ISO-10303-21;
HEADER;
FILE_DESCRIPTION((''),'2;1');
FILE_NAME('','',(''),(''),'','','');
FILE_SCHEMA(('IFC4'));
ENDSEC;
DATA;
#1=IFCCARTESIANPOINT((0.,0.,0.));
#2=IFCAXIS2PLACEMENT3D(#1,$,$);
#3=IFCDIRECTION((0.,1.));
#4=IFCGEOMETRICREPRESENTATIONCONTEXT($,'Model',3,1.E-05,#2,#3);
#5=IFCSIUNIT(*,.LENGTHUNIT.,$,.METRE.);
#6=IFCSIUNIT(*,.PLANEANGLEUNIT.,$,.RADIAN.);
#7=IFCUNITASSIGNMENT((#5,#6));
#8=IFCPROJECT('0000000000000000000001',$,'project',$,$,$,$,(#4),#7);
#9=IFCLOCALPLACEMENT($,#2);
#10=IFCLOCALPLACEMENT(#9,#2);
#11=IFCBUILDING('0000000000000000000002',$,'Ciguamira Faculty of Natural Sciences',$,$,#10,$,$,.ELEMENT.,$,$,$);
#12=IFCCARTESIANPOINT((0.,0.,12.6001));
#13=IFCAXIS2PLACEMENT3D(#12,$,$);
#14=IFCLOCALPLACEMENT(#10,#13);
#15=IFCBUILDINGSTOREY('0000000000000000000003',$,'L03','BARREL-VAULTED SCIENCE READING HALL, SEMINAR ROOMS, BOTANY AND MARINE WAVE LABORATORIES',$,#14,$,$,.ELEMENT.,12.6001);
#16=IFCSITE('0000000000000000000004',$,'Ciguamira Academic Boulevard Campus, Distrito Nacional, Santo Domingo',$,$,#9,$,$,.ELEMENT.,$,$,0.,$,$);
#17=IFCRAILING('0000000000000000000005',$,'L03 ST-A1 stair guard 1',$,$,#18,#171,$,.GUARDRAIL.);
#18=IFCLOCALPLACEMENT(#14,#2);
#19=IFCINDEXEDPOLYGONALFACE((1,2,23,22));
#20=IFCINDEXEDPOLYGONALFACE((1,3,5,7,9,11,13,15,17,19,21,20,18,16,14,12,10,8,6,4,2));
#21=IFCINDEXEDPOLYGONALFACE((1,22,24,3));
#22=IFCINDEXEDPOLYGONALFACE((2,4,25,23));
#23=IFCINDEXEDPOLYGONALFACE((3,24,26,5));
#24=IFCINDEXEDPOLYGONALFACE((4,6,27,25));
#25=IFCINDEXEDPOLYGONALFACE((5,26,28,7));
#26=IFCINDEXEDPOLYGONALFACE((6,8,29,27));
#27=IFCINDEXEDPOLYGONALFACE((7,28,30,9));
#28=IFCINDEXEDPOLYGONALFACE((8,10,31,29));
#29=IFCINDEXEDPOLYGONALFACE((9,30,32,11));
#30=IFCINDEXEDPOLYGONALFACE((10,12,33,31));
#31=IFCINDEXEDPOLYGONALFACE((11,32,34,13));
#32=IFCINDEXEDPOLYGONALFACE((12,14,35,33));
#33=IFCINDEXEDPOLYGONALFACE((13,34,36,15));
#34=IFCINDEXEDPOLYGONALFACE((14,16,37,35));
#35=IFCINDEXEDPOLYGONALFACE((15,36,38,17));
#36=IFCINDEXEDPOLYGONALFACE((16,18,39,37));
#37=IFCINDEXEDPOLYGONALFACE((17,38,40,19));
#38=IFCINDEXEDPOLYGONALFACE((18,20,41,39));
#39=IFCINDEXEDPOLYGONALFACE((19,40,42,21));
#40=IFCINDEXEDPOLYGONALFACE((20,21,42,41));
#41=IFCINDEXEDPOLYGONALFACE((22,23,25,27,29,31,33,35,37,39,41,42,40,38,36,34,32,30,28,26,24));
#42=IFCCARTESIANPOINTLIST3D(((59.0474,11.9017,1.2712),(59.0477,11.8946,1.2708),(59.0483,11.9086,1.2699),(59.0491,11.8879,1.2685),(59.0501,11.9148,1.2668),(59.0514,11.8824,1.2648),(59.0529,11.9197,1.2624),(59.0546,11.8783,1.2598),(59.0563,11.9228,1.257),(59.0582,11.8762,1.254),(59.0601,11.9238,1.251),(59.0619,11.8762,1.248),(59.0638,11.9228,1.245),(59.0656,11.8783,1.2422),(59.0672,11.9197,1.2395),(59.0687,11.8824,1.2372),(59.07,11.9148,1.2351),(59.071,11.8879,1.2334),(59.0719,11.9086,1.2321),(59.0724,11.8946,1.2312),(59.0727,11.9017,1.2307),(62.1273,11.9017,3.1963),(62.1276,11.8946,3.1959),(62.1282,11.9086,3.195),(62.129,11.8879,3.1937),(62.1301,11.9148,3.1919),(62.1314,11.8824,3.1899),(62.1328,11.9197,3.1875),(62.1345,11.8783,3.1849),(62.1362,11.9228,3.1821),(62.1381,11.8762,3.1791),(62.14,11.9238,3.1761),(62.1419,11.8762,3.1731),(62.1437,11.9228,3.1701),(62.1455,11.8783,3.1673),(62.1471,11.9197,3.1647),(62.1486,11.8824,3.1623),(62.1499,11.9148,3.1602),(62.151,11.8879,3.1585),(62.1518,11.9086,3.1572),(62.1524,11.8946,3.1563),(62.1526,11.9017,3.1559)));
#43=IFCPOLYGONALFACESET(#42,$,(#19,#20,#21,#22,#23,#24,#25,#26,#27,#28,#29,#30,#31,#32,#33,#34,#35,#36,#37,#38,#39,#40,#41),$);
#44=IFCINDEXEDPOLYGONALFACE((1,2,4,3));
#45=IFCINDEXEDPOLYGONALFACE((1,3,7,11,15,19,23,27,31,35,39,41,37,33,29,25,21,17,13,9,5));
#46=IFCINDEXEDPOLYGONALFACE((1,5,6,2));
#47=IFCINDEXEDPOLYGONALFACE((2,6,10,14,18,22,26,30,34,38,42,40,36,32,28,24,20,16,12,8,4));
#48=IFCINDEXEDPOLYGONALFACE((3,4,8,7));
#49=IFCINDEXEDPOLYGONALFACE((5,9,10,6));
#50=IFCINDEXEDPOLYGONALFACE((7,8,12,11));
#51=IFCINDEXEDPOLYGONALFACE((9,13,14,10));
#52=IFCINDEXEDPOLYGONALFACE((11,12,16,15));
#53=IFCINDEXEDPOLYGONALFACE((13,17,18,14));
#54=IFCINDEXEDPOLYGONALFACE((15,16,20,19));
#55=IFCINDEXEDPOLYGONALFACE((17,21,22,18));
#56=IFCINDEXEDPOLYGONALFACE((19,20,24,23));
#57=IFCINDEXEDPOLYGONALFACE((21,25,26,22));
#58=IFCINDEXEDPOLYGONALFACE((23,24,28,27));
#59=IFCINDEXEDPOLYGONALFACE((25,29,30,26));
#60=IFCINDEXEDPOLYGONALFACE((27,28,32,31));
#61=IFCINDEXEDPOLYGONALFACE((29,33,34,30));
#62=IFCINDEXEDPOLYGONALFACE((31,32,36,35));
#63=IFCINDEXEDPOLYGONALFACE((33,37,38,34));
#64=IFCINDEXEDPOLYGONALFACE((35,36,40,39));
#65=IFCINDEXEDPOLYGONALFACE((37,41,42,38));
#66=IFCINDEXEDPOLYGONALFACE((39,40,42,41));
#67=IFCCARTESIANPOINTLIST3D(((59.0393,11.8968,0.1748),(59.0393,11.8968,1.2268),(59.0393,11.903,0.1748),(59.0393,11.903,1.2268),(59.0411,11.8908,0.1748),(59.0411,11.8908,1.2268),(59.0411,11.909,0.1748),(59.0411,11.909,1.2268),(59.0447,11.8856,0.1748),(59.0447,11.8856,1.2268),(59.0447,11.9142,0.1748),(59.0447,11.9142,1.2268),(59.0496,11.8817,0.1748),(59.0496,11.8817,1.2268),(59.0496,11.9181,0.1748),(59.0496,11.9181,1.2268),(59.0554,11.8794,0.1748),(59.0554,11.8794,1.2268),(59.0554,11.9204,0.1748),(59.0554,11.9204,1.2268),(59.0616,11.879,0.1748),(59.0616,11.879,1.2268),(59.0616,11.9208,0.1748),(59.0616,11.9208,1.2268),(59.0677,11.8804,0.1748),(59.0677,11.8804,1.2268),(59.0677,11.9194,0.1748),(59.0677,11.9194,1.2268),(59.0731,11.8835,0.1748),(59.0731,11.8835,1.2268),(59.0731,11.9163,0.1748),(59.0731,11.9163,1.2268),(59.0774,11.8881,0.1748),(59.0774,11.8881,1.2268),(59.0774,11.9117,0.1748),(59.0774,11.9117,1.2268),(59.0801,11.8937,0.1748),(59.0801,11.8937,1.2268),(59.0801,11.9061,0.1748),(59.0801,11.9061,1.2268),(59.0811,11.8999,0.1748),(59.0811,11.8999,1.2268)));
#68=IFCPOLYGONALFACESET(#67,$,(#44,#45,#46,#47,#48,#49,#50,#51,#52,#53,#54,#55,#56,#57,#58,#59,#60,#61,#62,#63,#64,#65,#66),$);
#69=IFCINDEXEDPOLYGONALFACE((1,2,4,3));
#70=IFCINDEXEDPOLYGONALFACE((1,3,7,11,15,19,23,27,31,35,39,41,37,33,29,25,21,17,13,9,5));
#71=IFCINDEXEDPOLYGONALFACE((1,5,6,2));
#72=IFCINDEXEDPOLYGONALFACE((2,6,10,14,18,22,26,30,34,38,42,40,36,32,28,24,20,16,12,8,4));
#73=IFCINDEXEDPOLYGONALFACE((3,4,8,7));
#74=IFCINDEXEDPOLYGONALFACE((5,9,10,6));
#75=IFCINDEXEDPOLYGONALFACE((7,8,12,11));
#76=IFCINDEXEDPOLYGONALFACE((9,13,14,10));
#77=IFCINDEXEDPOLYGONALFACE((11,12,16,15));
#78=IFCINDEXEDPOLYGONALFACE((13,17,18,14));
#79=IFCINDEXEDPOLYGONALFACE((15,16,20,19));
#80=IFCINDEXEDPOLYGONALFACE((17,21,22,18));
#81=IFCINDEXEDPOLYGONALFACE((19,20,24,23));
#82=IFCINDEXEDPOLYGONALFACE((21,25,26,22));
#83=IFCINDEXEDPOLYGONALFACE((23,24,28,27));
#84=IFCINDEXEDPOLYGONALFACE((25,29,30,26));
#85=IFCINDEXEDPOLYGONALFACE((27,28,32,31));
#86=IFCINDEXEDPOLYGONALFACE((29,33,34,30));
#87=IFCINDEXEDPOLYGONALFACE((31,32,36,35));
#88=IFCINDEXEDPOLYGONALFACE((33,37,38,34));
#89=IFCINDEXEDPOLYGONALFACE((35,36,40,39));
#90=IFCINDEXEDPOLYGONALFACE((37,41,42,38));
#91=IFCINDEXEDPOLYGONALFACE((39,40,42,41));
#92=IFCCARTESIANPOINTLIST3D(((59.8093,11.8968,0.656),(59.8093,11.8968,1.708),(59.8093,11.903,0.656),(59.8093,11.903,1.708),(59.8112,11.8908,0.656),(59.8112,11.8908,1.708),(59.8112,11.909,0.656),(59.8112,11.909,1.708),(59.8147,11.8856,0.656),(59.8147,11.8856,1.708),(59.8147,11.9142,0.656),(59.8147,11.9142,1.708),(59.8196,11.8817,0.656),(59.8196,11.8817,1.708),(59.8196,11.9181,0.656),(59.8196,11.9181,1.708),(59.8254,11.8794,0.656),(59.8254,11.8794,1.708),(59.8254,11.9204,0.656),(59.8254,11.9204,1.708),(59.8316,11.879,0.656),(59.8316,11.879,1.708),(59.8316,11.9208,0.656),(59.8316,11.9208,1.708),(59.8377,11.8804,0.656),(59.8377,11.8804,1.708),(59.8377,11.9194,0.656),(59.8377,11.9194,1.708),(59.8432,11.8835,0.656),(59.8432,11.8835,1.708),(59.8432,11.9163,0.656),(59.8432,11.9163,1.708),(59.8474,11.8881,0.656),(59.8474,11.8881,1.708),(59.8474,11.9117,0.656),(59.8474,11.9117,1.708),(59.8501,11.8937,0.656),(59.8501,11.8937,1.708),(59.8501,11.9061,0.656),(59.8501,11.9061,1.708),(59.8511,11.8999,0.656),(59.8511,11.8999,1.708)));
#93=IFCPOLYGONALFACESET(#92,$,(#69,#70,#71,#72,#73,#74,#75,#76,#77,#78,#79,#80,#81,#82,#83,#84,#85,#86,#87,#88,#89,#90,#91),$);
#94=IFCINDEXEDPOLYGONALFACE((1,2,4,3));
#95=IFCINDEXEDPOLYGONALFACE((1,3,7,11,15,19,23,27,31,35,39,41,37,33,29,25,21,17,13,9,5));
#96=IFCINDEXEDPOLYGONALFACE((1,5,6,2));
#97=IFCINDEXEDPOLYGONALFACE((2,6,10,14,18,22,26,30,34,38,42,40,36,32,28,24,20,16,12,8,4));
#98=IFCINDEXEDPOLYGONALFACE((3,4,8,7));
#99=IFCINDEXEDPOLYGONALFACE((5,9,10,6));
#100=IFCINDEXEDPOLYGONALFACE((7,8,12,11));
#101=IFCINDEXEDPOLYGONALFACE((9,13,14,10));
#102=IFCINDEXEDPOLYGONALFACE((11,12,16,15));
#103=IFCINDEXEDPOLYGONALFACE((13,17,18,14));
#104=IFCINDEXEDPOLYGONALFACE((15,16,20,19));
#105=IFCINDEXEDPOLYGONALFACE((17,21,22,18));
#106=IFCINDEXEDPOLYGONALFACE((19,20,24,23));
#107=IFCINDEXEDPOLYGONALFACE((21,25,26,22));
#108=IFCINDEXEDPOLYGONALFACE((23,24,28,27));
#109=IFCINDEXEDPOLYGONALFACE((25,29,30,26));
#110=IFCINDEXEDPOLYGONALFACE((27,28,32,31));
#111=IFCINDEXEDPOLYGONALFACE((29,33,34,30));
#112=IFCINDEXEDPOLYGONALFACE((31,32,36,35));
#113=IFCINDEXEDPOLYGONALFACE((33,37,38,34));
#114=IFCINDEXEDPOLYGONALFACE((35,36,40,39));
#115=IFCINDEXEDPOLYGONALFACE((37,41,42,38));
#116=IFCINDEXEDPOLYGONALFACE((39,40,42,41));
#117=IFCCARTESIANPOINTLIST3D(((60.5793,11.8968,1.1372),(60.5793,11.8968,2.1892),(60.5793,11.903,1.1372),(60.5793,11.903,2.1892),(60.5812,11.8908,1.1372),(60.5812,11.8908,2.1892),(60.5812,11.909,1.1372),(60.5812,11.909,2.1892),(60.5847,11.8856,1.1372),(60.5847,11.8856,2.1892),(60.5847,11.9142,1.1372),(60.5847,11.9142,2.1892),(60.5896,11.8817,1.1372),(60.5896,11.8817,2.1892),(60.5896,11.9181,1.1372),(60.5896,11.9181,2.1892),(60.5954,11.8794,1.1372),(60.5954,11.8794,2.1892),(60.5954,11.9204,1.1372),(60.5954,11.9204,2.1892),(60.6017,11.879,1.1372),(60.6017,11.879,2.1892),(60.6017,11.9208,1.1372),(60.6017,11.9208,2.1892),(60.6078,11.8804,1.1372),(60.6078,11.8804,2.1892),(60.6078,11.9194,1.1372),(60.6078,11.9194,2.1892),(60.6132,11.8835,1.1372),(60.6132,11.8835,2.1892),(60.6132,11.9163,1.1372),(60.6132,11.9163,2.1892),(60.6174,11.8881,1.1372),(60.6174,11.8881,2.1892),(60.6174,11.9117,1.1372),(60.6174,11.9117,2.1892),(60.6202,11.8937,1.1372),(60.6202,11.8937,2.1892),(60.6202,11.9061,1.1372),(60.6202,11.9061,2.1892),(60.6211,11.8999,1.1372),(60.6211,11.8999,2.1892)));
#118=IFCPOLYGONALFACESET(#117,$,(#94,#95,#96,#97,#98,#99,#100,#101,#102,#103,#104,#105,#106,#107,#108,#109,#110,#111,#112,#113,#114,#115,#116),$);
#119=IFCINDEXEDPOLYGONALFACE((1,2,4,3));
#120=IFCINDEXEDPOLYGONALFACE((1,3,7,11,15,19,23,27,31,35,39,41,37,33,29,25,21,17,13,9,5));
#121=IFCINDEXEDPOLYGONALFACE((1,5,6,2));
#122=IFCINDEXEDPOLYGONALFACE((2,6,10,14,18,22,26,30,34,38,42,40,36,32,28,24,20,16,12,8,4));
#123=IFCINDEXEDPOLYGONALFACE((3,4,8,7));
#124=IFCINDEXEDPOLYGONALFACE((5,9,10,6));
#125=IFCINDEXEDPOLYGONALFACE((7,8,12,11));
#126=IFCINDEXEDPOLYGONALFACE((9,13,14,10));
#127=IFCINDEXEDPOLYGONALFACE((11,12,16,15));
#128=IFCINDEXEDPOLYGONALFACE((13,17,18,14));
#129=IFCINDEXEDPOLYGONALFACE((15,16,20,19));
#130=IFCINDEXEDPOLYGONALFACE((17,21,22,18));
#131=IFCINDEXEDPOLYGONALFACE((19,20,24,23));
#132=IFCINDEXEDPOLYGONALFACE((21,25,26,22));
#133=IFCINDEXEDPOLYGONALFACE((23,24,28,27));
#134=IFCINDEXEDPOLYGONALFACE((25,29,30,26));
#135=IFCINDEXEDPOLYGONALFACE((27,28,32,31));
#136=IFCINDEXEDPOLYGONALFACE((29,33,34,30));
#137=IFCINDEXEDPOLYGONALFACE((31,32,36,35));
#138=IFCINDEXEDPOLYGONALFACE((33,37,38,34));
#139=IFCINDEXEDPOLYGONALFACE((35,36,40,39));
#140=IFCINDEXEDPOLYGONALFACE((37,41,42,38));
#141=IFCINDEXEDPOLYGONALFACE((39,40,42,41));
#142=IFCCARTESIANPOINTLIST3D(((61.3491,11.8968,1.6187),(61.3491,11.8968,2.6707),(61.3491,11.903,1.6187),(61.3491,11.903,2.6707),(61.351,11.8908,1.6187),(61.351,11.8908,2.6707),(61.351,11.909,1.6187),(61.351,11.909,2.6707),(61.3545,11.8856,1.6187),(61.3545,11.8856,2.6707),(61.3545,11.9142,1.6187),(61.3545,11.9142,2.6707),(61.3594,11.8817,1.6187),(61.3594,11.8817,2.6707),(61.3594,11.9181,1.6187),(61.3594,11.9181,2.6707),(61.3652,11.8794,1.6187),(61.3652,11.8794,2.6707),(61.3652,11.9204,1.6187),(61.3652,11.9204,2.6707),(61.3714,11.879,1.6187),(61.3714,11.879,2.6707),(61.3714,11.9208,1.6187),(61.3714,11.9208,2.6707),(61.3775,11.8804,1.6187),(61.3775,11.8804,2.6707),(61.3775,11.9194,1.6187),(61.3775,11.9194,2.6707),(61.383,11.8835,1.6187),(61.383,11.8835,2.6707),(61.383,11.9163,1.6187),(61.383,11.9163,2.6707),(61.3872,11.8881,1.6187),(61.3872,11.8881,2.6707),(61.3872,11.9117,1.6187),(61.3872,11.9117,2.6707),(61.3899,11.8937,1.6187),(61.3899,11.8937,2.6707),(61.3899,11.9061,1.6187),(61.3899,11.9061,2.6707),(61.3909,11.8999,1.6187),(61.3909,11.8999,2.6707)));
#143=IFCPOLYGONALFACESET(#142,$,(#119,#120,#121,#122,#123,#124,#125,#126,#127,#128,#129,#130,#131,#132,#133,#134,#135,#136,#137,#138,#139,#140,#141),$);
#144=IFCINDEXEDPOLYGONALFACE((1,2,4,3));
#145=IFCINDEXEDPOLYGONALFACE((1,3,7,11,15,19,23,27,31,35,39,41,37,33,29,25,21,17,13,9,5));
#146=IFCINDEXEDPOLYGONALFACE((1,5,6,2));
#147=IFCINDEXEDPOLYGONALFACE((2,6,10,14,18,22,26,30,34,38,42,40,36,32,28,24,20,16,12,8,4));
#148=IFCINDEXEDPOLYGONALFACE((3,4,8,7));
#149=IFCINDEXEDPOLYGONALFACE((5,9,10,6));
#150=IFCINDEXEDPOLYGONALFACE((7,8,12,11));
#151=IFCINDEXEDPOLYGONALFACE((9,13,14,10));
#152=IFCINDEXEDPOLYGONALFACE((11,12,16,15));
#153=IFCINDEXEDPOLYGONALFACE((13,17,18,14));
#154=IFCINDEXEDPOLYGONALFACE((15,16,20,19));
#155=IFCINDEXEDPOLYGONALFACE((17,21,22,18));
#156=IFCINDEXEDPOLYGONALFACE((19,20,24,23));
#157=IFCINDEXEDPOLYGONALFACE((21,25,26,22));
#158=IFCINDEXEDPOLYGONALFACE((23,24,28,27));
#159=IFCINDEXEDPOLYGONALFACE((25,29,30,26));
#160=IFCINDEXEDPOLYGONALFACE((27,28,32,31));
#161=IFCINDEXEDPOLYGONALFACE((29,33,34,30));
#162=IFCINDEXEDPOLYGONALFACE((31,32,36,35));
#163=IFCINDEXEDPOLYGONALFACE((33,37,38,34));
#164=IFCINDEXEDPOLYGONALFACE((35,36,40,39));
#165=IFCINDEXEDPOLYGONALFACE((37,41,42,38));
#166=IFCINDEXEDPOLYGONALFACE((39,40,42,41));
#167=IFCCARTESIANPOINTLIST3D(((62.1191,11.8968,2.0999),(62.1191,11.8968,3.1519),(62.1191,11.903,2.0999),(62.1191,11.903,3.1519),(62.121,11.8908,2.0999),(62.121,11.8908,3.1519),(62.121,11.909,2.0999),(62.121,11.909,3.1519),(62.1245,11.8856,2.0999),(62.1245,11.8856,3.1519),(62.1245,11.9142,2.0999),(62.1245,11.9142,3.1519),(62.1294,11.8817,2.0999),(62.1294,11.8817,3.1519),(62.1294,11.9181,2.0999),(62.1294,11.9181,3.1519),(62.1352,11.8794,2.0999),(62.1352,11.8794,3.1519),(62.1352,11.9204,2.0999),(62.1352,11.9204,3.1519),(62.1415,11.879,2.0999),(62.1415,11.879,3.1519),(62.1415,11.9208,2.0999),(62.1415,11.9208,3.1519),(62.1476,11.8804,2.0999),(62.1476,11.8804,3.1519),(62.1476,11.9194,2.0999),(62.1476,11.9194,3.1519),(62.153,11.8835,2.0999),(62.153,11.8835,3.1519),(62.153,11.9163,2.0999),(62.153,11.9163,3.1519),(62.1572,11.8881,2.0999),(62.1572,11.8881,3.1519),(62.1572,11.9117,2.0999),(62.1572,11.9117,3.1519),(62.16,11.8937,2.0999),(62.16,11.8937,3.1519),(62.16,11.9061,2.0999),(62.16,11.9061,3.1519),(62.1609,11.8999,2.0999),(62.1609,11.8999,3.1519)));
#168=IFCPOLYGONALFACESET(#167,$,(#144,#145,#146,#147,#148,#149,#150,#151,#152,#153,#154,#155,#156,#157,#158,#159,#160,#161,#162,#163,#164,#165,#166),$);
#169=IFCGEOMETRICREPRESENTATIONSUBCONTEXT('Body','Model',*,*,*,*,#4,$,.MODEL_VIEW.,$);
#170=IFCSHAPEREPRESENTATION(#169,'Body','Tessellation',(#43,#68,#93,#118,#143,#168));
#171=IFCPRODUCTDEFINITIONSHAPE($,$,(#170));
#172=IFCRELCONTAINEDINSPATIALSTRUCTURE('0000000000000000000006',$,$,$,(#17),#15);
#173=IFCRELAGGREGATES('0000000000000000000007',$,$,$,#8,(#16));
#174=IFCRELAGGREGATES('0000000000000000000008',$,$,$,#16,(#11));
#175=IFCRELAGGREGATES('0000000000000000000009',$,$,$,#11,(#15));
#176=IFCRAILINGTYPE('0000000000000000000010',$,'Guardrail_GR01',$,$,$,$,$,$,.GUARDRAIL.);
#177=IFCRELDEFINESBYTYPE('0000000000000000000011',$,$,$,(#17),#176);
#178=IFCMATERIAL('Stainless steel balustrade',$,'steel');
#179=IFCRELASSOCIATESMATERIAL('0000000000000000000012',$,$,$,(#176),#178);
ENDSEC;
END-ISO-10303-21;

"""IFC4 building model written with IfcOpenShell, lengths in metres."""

from ifc_helpers import new_model, si_unit, direction, frame, origin, origin_2d, place, context, subcontext, project, spatial, circle, extrude, material, type_object, element, save


model = new_model("IFC4")

# Units and contexts
model_context = context("Model", 3, precision=1e-05, world=origin(), true_north=direction((0.0, 1.0)))
body_context = subcontext(model_context, "Body", "Model", "MODEL_VIEW")
ifc_project = project(units=[si_unit("LENGTHUNIT", "METRE"), si_unit("PLANEANGLEUNIT", "RADIAN")], contexts=[model_context])

# Site, building, storey
site_placement = place(None, origin())
site = spatial("IfcSite", under=ifc_project, at=site_placement, Name="Ciguamira Academic Boulevard Campus, Distrito Nacional, Santo Domingo", CompositionType="ELEMENT", RefElevation=0.0)
building_placement = place(site_placement, origin())
building = spatial("IfcBuilding", under=site, at=building_placement, Name="Ciguamira Faculty of Natural Sciences", CompositionType="ELEMENT")
storey_placement = place(building_placement, frame((0.0, 0.0, 12.6001)))
storey = spatial("IfcBuildingStorey", under=building, at=storey_placement, Name="L03", Description="BARREL-VAULTED SCIENCE READING HALL, SEMINAR ROOMS, BOTANY AND MARINE WAVE LABORATORIES", CompositionType="ELEMENT", Elevation=12.6001)

# Railing
ifc_material_1 = material(Name="Stainless steel balustrade", Category="steel")
railing_type_1 = type_object("IfcRailingType", Name="Guardrail_GR01", PredefinedType="GUARDRAIL", material=ifc_material_1)
railing_1_placement = place(storey_placement, frame((59.0601, 11.8999, 0.1748)))
element("IfcRailing", 1, at=railing_1_placement, inside=storey, type_object=railing_type_1, Name="L03 ST-A1 stair guard 1", PredefinedType="GUARDRAIL", context=body_context, shape_type="SweptSolid", body=[
    extrude(circle(Radius=0.0239, at=origin_2d()), frame((0.0, 0.0, 1.0762), z_axis=(0.847979, 0.0, 0.530029), x_axis=(0.0, 1.0, 0.0)), (0.0, 0.0, 1.0), 3.6321),
    extrude(circle(Radius=0.021, at=origin_2d()), origin(), (0.0, 0.0, 1.0), 1.052),
    extrude(circle(Radius=0.021, at=origin_2d()), frame((0.77, 0.0, 0.4812)), (0.0, 0.0, 1.0), 1.052),
    extrude(circle(Radius=0.021, at=origin_2d()), frame((1.54, 0.0, 0.9624)), (0.0, 0.0, 1.0), 1.052),
    extrude(circle(Radius=0.021, at=origin_2d()), frame((2.3098, 0.0, 1.4438)), (0.0, 0.0, 1.0), 1.052),
    extrude(circle(Radius=0.021, at=origin_2d()), frame((3.0798, 0.0, 1.925)), (0.0, 0.0, 1.0), 1.052),
])

save(model, "model.ifc")
